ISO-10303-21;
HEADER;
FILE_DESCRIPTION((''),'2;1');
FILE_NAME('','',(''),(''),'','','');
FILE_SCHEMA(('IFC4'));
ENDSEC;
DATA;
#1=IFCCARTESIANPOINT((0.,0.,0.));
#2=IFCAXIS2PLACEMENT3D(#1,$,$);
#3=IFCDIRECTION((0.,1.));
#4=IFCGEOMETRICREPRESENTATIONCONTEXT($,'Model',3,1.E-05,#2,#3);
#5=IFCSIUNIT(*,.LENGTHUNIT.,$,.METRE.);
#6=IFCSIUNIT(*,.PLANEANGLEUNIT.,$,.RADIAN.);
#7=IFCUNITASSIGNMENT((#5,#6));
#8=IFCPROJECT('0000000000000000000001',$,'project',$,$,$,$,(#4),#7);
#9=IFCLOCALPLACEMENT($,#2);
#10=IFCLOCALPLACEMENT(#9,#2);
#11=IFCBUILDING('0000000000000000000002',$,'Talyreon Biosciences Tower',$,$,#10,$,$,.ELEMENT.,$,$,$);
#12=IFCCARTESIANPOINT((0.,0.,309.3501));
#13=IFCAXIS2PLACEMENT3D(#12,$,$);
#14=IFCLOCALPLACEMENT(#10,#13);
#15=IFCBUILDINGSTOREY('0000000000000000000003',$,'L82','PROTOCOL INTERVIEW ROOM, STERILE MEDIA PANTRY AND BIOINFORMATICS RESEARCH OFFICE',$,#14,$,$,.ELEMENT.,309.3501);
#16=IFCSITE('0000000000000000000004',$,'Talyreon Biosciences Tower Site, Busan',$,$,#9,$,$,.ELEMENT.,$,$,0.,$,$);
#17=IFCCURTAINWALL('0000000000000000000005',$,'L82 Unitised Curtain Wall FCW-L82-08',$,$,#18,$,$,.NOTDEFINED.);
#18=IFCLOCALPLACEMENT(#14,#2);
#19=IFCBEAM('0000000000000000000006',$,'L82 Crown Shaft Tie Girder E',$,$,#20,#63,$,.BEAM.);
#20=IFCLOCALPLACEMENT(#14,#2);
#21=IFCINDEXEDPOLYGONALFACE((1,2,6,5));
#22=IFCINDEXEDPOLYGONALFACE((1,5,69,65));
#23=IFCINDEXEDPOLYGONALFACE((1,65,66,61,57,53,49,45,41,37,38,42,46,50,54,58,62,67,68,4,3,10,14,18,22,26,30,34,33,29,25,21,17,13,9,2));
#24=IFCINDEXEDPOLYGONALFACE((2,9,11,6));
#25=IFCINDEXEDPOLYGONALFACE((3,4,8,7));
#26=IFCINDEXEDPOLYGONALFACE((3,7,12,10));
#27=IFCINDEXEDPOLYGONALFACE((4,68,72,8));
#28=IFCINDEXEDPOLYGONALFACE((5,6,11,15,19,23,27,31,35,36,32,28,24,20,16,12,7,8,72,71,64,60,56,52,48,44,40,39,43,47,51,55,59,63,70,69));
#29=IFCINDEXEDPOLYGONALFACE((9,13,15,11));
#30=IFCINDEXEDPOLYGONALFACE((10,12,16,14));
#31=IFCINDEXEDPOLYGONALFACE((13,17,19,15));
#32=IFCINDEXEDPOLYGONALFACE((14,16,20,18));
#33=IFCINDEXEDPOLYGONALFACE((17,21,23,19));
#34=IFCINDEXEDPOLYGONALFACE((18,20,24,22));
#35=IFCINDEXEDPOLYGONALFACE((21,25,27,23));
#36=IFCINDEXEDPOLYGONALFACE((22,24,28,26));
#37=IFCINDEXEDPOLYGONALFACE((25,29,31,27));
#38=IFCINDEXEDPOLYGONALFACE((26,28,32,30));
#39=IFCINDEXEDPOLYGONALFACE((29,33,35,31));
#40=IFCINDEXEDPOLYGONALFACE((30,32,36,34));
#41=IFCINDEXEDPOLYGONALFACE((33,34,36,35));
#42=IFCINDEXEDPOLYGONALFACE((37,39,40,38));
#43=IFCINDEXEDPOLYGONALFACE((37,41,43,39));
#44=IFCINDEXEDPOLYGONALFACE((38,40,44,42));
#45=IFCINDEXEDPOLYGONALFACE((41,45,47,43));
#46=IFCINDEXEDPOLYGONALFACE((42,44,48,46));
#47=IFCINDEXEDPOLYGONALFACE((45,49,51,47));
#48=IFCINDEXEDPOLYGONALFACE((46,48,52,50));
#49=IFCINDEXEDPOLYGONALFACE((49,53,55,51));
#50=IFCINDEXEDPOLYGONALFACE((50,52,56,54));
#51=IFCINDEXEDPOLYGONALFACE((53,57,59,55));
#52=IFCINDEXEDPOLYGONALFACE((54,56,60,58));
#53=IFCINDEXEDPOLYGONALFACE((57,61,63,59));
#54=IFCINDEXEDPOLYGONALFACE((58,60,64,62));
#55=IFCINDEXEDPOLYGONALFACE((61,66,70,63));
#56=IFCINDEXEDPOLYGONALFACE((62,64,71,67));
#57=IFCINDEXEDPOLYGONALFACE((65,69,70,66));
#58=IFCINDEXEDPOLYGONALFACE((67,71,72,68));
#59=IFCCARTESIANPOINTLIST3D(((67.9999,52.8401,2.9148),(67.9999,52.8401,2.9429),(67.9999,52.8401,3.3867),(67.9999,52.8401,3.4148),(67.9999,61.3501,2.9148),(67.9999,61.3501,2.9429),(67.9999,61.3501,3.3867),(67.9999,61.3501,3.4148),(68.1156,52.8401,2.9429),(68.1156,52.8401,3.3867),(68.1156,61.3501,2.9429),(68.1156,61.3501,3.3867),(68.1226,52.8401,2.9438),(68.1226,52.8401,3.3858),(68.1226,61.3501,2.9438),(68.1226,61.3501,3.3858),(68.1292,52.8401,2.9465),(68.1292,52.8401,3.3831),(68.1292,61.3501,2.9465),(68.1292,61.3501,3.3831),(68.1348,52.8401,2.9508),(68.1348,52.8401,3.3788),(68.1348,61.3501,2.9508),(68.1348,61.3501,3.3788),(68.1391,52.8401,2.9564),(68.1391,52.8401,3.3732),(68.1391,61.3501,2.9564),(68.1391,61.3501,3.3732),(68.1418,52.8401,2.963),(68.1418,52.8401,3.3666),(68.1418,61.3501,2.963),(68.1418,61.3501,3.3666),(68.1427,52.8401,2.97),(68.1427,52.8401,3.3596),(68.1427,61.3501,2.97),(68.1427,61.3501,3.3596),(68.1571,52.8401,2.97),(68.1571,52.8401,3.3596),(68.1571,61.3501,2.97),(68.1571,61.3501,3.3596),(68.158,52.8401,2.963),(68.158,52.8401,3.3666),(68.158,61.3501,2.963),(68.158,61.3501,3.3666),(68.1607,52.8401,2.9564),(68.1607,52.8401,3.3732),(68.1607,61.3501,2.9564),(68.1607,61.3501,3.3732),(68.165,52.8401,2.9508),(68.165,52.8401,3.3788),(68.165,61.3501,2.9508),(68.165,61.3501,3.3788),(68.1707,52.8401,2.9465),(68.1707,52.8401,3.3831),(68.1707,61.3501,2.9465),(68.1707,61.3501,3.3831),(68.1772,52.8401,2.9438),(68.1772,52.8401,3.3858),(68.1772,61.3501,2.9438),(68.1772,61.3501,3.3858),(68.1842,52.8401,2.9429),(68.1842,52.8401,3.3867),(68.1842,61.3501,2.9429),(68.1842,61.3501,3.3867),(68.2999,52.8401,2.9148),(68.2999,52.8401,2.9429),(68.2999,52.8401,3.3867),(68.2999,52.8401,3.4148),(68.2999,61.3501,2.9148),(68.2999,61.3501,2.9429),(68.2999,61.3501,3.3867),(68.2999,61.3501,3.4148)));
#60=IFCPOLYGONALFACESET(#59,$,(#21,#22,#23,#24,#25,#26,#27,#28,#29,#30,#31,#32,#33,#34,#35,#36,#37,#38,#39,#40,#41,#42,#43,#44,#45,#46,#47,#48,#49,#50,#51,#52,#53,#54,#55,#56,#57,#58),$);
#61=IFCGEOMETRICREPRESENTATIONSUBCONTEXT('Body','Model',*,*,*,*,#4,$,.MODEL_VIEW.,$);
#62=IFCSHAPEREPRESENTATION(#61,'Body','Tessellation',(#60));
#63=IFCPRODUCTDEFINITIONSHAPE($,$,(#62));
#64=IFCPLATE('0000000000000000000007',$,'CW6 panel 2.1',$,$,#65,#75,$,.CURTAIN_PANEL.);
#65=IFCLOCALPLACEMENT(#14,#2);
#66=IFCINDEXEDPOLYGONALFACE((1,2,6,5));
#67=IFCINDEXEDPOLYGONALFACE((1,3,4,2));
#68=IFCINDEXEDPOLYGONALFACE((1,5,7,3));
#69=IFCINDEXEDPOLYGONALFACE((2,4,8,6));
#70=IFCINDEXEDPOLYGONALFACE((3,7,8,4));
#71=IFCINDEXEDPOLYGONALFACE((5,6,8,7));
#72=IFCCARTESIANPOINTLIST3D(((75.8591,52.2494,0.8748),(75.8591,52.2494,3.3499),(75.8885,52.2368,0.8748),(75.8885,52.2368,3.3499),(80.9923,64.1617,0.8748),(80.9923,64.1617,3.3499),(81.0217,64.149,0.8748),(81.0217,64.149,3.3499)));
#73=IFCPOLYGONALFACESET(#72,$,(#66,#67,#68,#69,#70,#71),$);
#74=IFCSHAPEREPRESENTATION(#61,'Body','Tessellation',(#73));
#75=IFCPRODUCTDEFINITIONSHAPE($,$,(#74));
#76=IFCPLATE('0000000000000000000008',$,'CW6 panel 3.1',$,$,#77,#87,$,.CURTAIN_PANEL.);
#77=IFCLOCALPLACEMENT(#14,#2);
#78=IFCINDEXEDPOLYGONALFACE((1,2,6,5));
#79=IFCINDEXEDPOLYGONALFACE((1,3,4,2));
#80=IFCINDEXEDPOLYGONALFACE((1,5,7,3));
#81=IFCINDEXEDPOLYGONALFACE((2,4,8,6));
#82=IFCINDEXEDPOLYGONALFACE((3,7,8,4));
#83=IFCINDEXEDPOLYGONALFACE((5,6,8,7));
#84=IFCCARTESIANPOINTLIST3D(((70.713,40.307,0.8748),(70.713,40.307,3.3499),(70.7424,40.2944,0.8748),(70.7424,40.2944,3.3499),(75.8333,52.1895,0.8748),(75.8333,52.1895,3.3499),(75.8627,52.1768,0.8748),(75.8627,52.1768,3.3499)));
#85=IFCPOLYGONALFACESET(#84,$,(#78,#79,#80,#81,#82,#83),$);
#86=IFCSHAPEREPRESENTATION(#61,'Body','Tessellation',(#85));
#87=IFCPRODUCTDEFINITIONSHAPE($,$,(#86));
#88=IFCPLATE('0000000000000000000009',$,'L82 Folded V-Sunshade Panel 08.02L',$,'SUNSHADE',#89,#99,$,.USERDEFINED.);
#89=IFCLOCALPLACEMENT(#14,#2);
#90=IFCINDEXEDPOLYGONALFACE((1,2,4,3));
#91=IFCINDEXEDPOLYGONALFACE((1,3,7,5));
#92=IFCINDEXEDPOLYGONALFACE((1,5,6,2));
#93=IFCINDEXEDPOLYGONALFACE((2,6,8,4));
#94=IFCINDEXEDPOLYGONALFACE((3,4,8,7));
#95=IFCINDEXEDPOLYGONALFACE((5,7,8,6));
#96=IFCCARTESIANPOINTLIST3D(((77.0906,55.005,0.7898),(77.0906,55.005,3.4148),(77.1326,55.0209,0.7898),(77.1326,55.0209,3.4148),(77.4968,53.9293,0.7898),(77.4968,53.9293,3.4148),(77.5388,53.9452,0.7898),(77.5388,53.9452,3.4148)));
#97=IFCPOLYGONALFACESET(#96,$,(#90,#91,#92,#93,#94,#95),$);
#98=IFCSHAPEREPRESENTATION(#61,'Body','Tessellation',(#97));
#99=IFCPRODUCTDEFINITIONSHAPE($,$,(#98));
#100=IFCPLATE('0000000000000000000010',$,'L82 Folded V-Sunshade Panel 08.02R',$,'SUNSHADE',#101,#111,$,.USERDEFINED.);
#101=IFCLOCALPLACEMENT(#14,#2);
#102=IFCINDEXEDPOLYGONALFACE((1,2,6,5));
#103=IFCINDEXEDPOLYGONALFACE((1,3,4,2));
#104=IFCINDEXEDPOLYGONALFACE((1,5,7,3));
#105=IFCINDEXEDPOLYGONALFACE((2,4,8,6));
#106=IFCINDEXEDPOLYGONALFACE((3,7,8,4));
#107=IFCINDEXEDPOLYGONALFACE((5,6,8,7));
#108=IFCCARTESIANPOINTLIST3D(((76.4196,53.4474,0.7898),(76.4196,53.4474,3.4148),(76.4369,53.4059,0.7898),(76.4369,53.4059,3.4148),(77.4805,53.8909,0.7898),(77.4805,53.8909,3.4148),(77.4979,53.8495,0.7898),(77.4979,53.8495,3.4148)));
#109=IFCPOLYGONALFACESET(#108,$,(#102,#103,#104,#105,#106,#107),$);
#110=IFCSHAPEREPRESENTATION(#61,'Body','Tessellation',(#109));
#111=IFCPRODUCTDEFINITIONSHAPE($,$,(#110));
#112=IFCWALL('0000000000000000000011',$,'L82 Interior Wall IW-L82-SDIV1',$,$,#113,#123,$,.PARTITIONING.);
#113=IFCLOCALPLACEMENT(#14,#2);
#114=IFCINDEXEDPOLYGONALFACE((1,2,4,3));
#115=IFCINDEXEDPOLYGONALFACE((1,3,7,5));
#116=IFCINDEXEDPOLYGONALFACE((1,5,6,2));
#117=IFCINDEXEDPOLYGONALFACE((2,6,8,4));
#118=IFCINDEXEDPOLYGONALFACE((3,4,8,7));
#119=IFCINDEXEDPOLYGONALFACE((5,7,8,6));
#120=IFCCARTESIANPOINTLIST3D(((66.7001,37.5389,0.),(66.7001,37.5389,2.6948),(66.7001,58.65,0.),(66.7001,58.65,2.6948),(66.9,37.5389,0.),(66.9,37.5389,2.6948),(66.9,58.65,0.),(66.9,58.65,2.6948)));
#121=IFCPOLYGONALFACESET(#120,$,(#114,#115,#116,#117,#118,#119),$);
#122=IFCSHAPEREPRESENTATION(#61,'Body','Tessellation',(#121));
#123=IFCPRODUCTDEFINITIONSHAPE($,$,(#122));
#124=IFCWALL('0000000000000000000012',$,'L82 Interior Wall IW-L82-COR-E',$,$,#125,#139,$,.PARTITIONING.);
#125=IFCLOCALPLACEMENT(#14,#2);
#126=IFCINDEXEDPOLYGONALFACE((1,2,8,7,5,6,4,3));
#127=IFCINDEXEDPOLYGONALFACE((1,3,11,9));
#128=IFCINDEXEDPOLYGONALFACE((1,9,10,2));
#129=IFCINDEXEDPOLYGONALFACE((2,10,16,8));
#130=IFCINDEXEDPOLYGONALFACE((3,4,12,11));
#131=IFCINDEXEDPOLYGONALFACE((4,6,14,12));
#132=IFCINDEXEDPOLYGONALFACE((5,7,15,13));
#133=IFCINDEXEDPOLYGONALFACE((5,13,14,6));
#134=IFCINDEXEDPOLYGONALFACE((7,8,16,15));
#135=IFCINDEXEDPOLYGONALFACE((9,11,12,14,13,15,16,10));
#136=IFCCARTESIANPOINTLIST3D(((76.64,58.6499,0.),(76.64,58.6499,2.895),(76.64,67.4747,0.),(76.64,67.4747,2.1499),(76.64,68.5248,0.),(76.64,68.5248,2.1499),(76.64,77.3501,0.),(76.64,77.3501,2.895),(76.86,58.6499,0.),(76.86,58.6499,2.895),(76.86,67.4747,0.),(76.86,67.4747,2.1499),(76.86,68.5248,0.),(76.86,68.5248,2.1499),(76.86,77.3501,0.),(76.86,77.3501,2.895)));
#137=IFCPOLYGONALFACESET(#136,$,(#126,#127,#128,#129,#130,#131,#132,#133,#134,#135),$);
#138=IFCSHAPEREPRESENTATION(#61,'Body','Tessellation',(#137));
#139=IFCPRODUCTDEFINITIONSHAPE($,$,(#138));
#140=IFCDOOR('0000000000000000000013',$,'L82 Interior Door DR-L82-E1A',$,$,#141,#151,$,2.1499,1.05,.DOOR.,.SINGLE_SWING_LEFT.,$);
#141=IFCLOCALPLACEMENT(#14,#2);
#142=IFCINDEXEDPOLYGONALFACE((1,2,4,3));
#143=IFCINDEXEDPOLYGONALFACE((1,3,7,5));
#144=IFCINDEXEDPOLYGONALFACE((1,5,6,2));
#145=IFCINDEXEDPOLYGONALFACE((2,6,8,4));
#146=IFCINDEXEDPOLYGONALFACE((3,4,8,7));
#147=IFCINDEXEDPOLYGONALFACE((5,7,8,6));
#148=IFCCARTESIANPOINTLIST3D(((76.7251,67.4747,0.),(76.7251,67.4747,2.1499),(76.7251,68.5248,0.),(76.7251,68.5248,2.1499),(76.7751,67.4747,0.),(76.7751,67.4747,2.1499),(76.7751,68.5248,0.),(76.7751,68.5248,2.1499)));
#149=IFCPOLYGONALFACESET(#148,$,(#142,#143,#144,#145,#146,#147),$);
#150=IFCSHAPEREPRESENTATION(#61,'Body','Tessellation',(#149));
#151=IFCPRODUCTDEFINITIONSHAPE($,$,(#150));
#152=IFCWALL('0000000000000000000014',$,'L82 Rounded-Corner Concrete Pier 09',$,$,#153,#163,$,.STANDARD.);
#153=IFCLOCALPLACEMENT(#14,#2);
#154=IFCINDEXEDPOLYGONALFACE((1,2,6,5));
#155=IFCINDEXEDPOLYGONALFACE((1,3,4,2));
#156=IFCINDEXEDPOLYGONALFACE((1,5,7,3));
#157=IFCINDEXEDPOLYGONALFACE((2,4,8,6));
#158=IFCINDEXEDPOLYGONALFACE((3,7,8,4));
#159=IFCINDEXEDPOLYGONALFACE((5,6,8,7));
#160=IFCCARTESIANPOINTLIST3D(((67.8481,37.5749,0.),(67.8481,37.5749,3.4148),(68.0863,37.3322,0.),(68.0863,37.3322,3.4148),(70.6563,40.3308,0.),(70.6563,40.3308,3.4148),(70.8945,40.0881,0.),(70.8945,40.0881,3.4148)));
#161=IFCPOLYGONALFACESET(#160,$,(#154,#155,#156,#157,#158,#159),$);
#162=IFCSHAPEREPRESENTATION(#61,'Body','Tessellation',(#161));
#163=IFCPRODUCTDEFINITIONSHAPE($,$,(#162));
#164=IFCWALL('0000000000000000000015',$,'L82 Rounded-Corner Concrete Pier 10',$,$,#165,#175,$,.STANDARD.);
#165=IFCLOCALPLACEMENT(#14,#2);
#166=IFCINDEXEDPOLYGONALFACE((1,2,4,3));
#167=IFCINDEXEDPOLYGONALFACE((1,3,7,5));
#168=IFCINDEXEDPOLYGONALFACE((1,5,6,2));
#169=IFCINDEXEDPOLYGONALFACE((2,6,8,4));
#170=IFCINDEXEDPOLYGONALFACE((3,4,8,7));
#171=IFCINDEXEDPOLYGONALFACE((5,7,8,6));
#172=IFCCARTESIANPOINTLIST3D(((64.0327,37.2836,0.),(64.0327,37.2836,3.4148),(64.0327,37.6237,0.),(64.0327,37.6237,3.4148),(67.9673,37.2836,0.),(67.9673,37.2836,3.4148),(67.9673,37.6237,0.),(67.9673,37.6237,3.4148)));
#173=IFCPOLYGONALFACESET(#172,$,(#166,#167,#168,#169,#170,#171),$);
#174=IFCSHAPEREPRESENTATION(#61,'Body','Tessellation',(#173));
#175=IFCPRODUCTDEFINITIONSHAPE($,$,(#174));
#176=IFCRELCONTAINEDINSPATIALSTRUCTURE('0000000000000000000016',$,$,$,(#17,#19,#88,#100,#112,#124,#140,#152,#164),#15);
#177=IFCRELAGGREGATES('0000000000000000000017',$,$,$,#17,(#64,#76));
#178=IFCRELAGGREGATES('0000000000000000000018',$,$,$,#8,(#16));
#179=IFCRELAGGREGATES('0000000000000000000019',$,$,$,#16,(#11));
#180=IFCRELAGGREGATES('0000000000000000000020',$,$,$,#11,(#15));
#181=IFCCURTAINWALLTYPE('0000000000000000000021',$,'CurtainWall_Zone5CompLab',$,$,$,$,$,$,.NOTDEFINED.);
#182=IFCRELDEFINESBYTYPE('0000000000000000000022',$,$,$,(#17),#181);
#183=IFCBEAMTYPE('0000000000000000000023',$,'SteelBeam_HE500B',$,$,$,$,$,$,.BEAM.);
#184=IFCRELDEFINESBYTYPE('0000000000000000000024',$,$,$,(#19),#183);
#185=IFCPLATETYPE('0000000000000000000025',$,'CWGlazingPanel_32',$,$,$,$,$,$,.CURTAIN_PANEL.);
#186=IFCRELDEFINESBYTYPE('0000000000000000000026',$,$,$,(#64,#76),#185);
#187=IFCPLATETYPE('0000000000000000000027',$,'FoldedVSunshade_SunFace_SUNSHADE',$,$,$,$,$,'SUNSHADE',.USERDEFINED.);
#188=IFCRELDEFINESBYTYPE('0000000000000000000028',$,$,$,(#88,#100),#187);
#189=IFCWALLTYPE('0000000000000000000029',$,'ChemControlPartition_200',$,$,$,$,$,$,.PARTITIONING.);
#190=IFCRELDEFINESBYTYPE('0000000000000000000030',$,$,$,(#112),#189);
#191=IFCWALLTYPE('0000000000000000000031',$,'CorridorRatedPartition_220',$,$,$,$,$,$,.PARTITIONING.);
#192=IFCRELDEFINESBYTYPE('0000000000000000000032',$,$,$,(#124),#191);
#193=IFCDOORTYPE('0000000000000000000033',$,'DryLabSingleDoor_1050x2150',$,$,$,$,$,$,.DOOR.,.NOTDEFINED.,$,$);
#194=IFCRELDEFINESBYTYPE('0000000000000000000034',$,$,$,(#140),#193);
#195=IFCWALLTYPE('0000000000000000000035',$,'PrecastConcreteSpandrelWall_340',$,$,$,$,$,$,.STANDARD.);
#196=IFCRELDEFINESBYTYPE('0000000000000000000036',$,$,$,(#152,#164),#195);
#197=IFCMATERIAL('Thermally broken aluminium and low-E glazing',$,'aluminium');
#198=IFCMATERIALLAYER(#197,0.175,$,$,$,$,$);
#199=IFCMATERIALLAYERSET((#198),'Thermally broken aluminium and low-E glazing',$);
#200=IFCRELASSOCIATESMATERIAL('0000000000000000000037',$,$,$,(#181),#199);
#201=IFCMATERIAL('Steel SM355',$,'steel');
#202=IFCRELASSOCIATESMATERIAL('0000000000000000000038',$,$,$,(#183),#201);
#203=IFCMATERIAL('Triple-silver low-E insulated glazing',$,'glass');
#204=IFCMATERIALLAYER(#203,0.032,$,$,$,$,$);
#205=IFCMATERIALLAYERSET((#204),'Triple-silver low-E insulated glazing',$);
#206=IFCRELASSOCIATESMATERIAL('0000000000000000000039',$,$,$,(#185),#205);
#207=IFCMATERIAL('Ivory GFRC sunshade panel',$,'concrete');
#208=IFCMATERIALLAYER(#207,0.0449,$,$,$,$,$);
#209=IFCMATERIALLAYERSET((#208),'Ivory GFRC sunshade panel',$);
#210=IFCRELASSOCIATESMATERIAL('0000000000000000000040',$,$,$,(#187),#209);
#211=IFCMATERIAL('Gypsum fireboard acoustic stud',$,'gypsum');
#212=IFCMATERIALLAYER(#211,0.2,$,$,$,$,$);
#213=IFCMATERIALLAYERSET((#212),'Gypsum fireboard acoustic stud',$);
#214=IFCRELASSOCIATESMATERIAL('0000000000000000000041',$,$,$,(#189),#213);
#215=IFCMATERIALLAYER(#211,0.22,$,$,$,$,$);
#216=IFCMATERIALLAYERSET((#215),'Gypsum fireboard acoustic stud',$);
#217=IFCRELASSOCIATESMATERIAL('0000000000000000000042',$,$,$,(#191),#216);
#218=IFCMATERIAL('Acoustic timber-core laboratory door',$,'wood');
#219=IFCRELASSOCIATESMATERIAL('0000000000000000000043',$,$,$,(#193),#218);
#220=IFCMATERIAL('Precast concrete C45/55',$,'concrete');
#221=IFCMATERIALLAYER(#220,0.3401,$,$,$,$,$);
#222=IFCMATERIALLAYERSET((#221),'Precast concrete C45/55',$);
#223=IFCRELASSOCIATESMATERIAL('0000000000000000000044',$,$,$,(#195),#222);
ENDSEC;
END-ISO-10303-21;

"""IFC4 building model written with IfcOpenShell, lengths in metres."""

from ifc_helpers import new_model, si_unit, direction, frame, frame_2d, origin, origin_2d, place, context, subcontext, project, spatial, rectangle, i_section, extrude, material, layer, layer_set, material_profile, profile_set, type_object, element, fill, aggregate, save


model = new_model("IFC4")

# Units and contexts
model_context = context("Model", 3, precision=1e-05, world=origin(), true_north=direction((0.0, 1.0)))
body_context = subcontext(model_context, "Body", "Model", "MODEL_VIEW")
ifc_project = project(units=[si_unit("LENGTHUNIT", "METRE"), si_unit("PLANEANGLEUNIT", "RADIAN")], contexts=[model_context])

# Site, building, storey
site_placement = place(None, origin())
site = spatial("IfcSite", under=ifc_project, at=site_placement, Name="Talyreon Biosciences Tower Site, Busan", CompositionType="ELEMENT", RefElevation=0.0)
building_placement = place(site_placement, origin())
building = spatial("IfcBuilding", under=site, at=building_placement, Name="Talyreon Biosciences Tower", CompositionType="ELEMENT")
storey_placement = place(building_placement, frame((0.0, 0.0, 309.3501)))
storey = spatial("IfcBuildingStorey", under=building, at=storey_placement, Name="L82", Description="PROTOCOL INTERVIEW ROOM, STERILE MEDIA PANTRY AND BIOINFORMATICS RESEARCH OFFICE", CompositionType="ELEMENT", Elevation=309.3501)

# Shared definitions
ifc_material_1 = material(Name="Precast concrete C45/55", Category="concrete")

# Curtain wall
ifc_material_2 = material(Name="Thermally broken aluminium and low-E glazing", Category="aluminium")
ifc_layer_1 = layer(ifc_material_2, 0.175)
ifc_layer_set_1 = layer_set([ifc_layer_1], Name="Thermally broken aluminium and low-E glazing")
curtain_wall_type = type_object("IfcCurtainWallType", Name="CurtainWall_Zone5CompLab", PredefinedType="NOTDEFINED", material=ifc_layer_set_1)
curtain_wall_placement = place(storey_placement, origin())
curtain_wall = element("IfcCurtainWall", 1, at=curtain_wall_placement, inside=storey, type_object=curtain_wall_type, Name="L82 Unitised Curtain Wall FCW-L82-08", PredefinedType="NOTDEFINED")

# Beam
ifc_material_3 = material(Name="Steel SM355", Category="steel")
ifc_material_profile_1 = material_profile(ifc_material_3, i_section(OverallWidth=0.3, OverallDepth=0.5, WebThickness=0.0144, FlangeThickness=0.0281, FilletRadius=0.0271, at=origin_2d()), Name="HE500B")
ifc_profile_set_1 = profile_set([ifc_material_profile_1], Name="Steel SM355")
beam_type_1 = type_object("IfcBeamType", Name="SteelBeam_HE500B", PredefinedType="BEAM", material=ifc_profile_set_1)
beam_1_placement = place(storey_placement, frame((68.1499, 52.8401, 3.1648), z_axis=(0.0, 1.0, 0.0), x_axis=(-1.0, 0.0, 0.0)))
element("IfcBeam", 2, at=beam_1_placement, inside=storey, type_object=beam_type_1, Name="L82 Crown Shaft Tie Girder E", PredefinedType="BEAM", context=body_context, shape_type="SweptSolid", body=[
    extrude(i_section(OverallWidth=0.3, OverallDepth=0.5, WebThickness=0.0144, FlangeThickness=0.0281, FilletRadius=0.0271, at=origin_2d()), origin(), (0.0, 0.0, 1.0), 8.51),
])

# Plates
ifc_material_4 = material(Name="Triple-silver low-E insulated glazing", Category="glass")
ifc_layer_2 = layer(ifc_material_4, 0.032)
ifc_layer_set_2 = layer_set([ifc_layer_2], Name="Triple-silver low-E insulated glazing")
plate_type_1 = type_object("IfcPlateType", Name="CWGlazingPanel_32", PredefinedType="CURTAIN_PANEL", material=ifc_layer_set_2)
plate_1_placement = place(storey_placement, frame((78.4404, 58.1992, 0.8748), z_axis=(0.0, 0.0, 1.0), x_axis=(-0.395738, -0.918363, 0.0)))
plate_1 = element("IfcPlate", 3, at=plate_1_placement, type_object=plate_type_1, Name="CW6 panel 2.1", PredefinedType="CURTAIN_PANEL", context=body_context, shape_type="SweptSolid", body=[
    extrude(rectangle(XDim=12.9712, YDim=0.032, at=origin_2d()), origin(), (0.0, 0.0, 1.0), 2.4751),
])
plate_2_placement = place(storey_placement, frame((73.2878, 46.2419, 0.8748), z_axis=(0.0, 0.0, 1.0), x_axis=(-0.395738, -0.918363, 0.0)))
plate_2 = element("IfcPlate", 4, at=plate_2_placement, type_object=plate_type_1, Name="CW6 panel 3.1", PredefinedType="CURTAIN_PANEL", context=body_context, shape_type="SweptSolid", body=[
    extrude(rectangle(XDim=12.9387, YDim=0.032, at=origin_2d()), origin(), (0.0, 0.0, 1.0), 2.4751),
])
aggregate(curtain_wall, [plate_1, plate_2])

# Plates
ifc_material_5 = material(Name="Ivory GFRC sunshade panel", Category="concrete")
ifc_layer_3 = layer(ifc_material_5, 0.0449)
ifc_layer_set_3 = layer_set([ifc_layer_3], Name="Ivory GFRC sunshade panel")
plate_type_2 = type_object("IfcPlateType", Name="FoldedVSunshade_SunFace_SUNSHADE", ElementType="SUNSHADE", PredefinedType="USERDEFINED", material=ifc_layer_set_3)
for number, where, z_axis, x_axis, name in (
    (5, (77.3147, 54.4751, 0.7898), (0.0, 0.0, 1.0), (0.353279, -0.935518, 0.0), "L82 Folded V-Sunshade Panel 08.02L"),
    (6, (76.9587, 53.6484, 0.7898), (0.0, 0.0, 1.0), (-0.922619, -0.385713, 0.0), "L82 Folded V-Sunshade Panel 08.02R"),
):
    element("IfcPlate", number, at=place(storey_placement, frame(where, z_axis=z_axis, x_axis=x_axis)), inside=storey, type_object=plate_type_2, Name=name, ObjectType="SUNSHADE", PredefinedType="USERDEFINED", context=body_context, shape_type="SweptSolid", body=[
        extrude(rectangle(XDim=1.1499, YDim=0.0449, at=origin_2d()), origin(), (0.0, 0.0, 1.0), 2.625),
    ])

# Wall
ifc_material_6 = material(Name="Gypsum fireboard acoustic stud", Category="gypsum")
ifc_layer_4 = layer(ifc_material_6, 0.2)
ifc_layer_set_4 = layer_set([ifc_layer_4], Name="Gypsum fireboard acoustic stud")
wall_type_1 = type_object("IfcWallType", Name="ChemControlPartition_200", PredefinedType="PARTITIONING", material=ifc_layer_set_4)
wall_1_placement = place(storey_placement, frame((66.8, 37.5388, 0.0), z_axis=(0.0, 0.0, 1.0), x_axis=(0.0, 1.0, 0.0)))
element("IfcWall", 7, at=wall_1_placement, inside=storey, type_object=wall_type_1, Name="L82 Interior Wall IW-L82-SDIV1", PredefinedType="PARTITIONING", context=body_context, shape_type="SweptSolid", body=[
    extrude(rectangle(XDim=21.1111, YDim=0.2, at=frame_2d((10.5557, 0.0))), origin(), (0.0, 0.0, 1.0), 2.6948),
])

# Wall, opening, door
ifc_layer_5 = layer(ifc_material_6, 0.22)
ifc_layer_set_5 = layer_set([ifc_layer_5], Name="Gypsum fireboard acoustic stud")
wall_type_2 = type_object("IfcWallType", Name="CorridorRatedPartition_220", PredefinedType="PARTITIONING", material=ifc_layer_set_5)
wall_2_placement = place(storey_placement, frame((76.75, 58.6499, 0.0), z_axis=(0.0, 0.0, 1.0), x_axis=(0.0, 1.0, 0.0)))
wall_2 = element("IfcWall", 8, at=wall_2_placement, inside=storey, type_object=wall_type_2, Name="L82 Interior Wall IW-L82-COR-E", PredefinedType="PARTITIONING", context=body_context, shape_type="SweptSolid", body=[
    extrude(rectangle(XDim=18.7002, YDim=0.22, at=frame_2d((9.3501, 0.0))), origin(), (0.0, 0.0, 1.0), 2.895),
])
opening_placement = place(wall_2_placement, frame((8.825, 0.0, 0.0)))
opening = element("IfcOpeningElement", 9, at=opening_placement, cuts=wall_2, PredefinedType="OPENING", context=body_context, shape_type="SweptSolid", body=[
    extrude(rectangle(XDim=1.05, YDim=2.1499, at=frame_2d((0.5249, 1.075))), frame((0.0, 0.1199, 0.0), z_axis=(0.0, -1.0, 0.0), x_axis=(1.0, 0.0, 0.0)), (0.0, 0.0, 1.0), 0.24),
])
ifc_material_7 = material(Name="Acoustic timber-core laboratory door", Category="wood")
door_type = type_object("IfcDoorType", Name="DryLabSingleDoor_1050x2150", OperationType="NOTDEFINED", PredefinedType="DOOR", material=ifc_material_7)
door_placement = place(opening_placement, origin())
door = element("IfcDoor", 10, at=door_placement, inside=storey, type_object=door_type, Name="L82 Interior Door DR-L82-E1A", OperationType="SINGLE_SWING_LEFT", OverallHeight=2.1499, OverallWidth=1.05, PredefinedType="DOOR", context=body_context, shape_type="SweptSolid", body=[
    extrude(rectangle(XDim=1.05, YDim=2.1499, at=frame_2d((0.5249, 1.075))), frame((0.0, 0.0249, 0.0), z_axis=(0.0, -1.0, 0.0), x_axis=(1.0, 0.0, 0.0)), (0.0, 0.0, 1.0), 0.05),
])
fill(opening, door)

# Walls
ifc_layer_6 = layer(ifc_material_1, 0.3401)
ifc_layer_set_6 = layer_set([ifc_layer_6], Name="Precast concrete C45/55")
wall_type_3 = type_object("IfcWallType", Name="PrecastConcreteSpandrelWall_340", PredefinedType="STANDARD", material=ifc_layer_set_6)
for number, where, z_axis, x_axis, name in (
    (11, (70.7754, 40.2095, 0.0), (0.0, 0.0, 1.0), (-0.713715, -0.700436, 0.0), "L82 Rounded-Corner Concrete Pier 09"),
    (12, (67.9673, 37.4536, 0.0), (0.0, 0.0, 1.0), (-1.0, 0.0, 0.0), "L82 Rounded-Corner Concrete Pier 10"),
):
    element("IfcWall", number, at=place(storey_placement, frame(where, z_axis=z_axis, x_axis=x_axis)), inside=storey, type_object=wall_type_3, Name=name, PredefinedType="STANDARD", context=body_context, shape_type="SweptSolid", body=[
        extrude(rectangle(XDim=3.9346, YDim=0.3401, at=frame_2d((1.9673, 0.0))), origin(), (0.0, 0.0, 1.0), 3.4148),
    ])

save(model, "model.ifc")
